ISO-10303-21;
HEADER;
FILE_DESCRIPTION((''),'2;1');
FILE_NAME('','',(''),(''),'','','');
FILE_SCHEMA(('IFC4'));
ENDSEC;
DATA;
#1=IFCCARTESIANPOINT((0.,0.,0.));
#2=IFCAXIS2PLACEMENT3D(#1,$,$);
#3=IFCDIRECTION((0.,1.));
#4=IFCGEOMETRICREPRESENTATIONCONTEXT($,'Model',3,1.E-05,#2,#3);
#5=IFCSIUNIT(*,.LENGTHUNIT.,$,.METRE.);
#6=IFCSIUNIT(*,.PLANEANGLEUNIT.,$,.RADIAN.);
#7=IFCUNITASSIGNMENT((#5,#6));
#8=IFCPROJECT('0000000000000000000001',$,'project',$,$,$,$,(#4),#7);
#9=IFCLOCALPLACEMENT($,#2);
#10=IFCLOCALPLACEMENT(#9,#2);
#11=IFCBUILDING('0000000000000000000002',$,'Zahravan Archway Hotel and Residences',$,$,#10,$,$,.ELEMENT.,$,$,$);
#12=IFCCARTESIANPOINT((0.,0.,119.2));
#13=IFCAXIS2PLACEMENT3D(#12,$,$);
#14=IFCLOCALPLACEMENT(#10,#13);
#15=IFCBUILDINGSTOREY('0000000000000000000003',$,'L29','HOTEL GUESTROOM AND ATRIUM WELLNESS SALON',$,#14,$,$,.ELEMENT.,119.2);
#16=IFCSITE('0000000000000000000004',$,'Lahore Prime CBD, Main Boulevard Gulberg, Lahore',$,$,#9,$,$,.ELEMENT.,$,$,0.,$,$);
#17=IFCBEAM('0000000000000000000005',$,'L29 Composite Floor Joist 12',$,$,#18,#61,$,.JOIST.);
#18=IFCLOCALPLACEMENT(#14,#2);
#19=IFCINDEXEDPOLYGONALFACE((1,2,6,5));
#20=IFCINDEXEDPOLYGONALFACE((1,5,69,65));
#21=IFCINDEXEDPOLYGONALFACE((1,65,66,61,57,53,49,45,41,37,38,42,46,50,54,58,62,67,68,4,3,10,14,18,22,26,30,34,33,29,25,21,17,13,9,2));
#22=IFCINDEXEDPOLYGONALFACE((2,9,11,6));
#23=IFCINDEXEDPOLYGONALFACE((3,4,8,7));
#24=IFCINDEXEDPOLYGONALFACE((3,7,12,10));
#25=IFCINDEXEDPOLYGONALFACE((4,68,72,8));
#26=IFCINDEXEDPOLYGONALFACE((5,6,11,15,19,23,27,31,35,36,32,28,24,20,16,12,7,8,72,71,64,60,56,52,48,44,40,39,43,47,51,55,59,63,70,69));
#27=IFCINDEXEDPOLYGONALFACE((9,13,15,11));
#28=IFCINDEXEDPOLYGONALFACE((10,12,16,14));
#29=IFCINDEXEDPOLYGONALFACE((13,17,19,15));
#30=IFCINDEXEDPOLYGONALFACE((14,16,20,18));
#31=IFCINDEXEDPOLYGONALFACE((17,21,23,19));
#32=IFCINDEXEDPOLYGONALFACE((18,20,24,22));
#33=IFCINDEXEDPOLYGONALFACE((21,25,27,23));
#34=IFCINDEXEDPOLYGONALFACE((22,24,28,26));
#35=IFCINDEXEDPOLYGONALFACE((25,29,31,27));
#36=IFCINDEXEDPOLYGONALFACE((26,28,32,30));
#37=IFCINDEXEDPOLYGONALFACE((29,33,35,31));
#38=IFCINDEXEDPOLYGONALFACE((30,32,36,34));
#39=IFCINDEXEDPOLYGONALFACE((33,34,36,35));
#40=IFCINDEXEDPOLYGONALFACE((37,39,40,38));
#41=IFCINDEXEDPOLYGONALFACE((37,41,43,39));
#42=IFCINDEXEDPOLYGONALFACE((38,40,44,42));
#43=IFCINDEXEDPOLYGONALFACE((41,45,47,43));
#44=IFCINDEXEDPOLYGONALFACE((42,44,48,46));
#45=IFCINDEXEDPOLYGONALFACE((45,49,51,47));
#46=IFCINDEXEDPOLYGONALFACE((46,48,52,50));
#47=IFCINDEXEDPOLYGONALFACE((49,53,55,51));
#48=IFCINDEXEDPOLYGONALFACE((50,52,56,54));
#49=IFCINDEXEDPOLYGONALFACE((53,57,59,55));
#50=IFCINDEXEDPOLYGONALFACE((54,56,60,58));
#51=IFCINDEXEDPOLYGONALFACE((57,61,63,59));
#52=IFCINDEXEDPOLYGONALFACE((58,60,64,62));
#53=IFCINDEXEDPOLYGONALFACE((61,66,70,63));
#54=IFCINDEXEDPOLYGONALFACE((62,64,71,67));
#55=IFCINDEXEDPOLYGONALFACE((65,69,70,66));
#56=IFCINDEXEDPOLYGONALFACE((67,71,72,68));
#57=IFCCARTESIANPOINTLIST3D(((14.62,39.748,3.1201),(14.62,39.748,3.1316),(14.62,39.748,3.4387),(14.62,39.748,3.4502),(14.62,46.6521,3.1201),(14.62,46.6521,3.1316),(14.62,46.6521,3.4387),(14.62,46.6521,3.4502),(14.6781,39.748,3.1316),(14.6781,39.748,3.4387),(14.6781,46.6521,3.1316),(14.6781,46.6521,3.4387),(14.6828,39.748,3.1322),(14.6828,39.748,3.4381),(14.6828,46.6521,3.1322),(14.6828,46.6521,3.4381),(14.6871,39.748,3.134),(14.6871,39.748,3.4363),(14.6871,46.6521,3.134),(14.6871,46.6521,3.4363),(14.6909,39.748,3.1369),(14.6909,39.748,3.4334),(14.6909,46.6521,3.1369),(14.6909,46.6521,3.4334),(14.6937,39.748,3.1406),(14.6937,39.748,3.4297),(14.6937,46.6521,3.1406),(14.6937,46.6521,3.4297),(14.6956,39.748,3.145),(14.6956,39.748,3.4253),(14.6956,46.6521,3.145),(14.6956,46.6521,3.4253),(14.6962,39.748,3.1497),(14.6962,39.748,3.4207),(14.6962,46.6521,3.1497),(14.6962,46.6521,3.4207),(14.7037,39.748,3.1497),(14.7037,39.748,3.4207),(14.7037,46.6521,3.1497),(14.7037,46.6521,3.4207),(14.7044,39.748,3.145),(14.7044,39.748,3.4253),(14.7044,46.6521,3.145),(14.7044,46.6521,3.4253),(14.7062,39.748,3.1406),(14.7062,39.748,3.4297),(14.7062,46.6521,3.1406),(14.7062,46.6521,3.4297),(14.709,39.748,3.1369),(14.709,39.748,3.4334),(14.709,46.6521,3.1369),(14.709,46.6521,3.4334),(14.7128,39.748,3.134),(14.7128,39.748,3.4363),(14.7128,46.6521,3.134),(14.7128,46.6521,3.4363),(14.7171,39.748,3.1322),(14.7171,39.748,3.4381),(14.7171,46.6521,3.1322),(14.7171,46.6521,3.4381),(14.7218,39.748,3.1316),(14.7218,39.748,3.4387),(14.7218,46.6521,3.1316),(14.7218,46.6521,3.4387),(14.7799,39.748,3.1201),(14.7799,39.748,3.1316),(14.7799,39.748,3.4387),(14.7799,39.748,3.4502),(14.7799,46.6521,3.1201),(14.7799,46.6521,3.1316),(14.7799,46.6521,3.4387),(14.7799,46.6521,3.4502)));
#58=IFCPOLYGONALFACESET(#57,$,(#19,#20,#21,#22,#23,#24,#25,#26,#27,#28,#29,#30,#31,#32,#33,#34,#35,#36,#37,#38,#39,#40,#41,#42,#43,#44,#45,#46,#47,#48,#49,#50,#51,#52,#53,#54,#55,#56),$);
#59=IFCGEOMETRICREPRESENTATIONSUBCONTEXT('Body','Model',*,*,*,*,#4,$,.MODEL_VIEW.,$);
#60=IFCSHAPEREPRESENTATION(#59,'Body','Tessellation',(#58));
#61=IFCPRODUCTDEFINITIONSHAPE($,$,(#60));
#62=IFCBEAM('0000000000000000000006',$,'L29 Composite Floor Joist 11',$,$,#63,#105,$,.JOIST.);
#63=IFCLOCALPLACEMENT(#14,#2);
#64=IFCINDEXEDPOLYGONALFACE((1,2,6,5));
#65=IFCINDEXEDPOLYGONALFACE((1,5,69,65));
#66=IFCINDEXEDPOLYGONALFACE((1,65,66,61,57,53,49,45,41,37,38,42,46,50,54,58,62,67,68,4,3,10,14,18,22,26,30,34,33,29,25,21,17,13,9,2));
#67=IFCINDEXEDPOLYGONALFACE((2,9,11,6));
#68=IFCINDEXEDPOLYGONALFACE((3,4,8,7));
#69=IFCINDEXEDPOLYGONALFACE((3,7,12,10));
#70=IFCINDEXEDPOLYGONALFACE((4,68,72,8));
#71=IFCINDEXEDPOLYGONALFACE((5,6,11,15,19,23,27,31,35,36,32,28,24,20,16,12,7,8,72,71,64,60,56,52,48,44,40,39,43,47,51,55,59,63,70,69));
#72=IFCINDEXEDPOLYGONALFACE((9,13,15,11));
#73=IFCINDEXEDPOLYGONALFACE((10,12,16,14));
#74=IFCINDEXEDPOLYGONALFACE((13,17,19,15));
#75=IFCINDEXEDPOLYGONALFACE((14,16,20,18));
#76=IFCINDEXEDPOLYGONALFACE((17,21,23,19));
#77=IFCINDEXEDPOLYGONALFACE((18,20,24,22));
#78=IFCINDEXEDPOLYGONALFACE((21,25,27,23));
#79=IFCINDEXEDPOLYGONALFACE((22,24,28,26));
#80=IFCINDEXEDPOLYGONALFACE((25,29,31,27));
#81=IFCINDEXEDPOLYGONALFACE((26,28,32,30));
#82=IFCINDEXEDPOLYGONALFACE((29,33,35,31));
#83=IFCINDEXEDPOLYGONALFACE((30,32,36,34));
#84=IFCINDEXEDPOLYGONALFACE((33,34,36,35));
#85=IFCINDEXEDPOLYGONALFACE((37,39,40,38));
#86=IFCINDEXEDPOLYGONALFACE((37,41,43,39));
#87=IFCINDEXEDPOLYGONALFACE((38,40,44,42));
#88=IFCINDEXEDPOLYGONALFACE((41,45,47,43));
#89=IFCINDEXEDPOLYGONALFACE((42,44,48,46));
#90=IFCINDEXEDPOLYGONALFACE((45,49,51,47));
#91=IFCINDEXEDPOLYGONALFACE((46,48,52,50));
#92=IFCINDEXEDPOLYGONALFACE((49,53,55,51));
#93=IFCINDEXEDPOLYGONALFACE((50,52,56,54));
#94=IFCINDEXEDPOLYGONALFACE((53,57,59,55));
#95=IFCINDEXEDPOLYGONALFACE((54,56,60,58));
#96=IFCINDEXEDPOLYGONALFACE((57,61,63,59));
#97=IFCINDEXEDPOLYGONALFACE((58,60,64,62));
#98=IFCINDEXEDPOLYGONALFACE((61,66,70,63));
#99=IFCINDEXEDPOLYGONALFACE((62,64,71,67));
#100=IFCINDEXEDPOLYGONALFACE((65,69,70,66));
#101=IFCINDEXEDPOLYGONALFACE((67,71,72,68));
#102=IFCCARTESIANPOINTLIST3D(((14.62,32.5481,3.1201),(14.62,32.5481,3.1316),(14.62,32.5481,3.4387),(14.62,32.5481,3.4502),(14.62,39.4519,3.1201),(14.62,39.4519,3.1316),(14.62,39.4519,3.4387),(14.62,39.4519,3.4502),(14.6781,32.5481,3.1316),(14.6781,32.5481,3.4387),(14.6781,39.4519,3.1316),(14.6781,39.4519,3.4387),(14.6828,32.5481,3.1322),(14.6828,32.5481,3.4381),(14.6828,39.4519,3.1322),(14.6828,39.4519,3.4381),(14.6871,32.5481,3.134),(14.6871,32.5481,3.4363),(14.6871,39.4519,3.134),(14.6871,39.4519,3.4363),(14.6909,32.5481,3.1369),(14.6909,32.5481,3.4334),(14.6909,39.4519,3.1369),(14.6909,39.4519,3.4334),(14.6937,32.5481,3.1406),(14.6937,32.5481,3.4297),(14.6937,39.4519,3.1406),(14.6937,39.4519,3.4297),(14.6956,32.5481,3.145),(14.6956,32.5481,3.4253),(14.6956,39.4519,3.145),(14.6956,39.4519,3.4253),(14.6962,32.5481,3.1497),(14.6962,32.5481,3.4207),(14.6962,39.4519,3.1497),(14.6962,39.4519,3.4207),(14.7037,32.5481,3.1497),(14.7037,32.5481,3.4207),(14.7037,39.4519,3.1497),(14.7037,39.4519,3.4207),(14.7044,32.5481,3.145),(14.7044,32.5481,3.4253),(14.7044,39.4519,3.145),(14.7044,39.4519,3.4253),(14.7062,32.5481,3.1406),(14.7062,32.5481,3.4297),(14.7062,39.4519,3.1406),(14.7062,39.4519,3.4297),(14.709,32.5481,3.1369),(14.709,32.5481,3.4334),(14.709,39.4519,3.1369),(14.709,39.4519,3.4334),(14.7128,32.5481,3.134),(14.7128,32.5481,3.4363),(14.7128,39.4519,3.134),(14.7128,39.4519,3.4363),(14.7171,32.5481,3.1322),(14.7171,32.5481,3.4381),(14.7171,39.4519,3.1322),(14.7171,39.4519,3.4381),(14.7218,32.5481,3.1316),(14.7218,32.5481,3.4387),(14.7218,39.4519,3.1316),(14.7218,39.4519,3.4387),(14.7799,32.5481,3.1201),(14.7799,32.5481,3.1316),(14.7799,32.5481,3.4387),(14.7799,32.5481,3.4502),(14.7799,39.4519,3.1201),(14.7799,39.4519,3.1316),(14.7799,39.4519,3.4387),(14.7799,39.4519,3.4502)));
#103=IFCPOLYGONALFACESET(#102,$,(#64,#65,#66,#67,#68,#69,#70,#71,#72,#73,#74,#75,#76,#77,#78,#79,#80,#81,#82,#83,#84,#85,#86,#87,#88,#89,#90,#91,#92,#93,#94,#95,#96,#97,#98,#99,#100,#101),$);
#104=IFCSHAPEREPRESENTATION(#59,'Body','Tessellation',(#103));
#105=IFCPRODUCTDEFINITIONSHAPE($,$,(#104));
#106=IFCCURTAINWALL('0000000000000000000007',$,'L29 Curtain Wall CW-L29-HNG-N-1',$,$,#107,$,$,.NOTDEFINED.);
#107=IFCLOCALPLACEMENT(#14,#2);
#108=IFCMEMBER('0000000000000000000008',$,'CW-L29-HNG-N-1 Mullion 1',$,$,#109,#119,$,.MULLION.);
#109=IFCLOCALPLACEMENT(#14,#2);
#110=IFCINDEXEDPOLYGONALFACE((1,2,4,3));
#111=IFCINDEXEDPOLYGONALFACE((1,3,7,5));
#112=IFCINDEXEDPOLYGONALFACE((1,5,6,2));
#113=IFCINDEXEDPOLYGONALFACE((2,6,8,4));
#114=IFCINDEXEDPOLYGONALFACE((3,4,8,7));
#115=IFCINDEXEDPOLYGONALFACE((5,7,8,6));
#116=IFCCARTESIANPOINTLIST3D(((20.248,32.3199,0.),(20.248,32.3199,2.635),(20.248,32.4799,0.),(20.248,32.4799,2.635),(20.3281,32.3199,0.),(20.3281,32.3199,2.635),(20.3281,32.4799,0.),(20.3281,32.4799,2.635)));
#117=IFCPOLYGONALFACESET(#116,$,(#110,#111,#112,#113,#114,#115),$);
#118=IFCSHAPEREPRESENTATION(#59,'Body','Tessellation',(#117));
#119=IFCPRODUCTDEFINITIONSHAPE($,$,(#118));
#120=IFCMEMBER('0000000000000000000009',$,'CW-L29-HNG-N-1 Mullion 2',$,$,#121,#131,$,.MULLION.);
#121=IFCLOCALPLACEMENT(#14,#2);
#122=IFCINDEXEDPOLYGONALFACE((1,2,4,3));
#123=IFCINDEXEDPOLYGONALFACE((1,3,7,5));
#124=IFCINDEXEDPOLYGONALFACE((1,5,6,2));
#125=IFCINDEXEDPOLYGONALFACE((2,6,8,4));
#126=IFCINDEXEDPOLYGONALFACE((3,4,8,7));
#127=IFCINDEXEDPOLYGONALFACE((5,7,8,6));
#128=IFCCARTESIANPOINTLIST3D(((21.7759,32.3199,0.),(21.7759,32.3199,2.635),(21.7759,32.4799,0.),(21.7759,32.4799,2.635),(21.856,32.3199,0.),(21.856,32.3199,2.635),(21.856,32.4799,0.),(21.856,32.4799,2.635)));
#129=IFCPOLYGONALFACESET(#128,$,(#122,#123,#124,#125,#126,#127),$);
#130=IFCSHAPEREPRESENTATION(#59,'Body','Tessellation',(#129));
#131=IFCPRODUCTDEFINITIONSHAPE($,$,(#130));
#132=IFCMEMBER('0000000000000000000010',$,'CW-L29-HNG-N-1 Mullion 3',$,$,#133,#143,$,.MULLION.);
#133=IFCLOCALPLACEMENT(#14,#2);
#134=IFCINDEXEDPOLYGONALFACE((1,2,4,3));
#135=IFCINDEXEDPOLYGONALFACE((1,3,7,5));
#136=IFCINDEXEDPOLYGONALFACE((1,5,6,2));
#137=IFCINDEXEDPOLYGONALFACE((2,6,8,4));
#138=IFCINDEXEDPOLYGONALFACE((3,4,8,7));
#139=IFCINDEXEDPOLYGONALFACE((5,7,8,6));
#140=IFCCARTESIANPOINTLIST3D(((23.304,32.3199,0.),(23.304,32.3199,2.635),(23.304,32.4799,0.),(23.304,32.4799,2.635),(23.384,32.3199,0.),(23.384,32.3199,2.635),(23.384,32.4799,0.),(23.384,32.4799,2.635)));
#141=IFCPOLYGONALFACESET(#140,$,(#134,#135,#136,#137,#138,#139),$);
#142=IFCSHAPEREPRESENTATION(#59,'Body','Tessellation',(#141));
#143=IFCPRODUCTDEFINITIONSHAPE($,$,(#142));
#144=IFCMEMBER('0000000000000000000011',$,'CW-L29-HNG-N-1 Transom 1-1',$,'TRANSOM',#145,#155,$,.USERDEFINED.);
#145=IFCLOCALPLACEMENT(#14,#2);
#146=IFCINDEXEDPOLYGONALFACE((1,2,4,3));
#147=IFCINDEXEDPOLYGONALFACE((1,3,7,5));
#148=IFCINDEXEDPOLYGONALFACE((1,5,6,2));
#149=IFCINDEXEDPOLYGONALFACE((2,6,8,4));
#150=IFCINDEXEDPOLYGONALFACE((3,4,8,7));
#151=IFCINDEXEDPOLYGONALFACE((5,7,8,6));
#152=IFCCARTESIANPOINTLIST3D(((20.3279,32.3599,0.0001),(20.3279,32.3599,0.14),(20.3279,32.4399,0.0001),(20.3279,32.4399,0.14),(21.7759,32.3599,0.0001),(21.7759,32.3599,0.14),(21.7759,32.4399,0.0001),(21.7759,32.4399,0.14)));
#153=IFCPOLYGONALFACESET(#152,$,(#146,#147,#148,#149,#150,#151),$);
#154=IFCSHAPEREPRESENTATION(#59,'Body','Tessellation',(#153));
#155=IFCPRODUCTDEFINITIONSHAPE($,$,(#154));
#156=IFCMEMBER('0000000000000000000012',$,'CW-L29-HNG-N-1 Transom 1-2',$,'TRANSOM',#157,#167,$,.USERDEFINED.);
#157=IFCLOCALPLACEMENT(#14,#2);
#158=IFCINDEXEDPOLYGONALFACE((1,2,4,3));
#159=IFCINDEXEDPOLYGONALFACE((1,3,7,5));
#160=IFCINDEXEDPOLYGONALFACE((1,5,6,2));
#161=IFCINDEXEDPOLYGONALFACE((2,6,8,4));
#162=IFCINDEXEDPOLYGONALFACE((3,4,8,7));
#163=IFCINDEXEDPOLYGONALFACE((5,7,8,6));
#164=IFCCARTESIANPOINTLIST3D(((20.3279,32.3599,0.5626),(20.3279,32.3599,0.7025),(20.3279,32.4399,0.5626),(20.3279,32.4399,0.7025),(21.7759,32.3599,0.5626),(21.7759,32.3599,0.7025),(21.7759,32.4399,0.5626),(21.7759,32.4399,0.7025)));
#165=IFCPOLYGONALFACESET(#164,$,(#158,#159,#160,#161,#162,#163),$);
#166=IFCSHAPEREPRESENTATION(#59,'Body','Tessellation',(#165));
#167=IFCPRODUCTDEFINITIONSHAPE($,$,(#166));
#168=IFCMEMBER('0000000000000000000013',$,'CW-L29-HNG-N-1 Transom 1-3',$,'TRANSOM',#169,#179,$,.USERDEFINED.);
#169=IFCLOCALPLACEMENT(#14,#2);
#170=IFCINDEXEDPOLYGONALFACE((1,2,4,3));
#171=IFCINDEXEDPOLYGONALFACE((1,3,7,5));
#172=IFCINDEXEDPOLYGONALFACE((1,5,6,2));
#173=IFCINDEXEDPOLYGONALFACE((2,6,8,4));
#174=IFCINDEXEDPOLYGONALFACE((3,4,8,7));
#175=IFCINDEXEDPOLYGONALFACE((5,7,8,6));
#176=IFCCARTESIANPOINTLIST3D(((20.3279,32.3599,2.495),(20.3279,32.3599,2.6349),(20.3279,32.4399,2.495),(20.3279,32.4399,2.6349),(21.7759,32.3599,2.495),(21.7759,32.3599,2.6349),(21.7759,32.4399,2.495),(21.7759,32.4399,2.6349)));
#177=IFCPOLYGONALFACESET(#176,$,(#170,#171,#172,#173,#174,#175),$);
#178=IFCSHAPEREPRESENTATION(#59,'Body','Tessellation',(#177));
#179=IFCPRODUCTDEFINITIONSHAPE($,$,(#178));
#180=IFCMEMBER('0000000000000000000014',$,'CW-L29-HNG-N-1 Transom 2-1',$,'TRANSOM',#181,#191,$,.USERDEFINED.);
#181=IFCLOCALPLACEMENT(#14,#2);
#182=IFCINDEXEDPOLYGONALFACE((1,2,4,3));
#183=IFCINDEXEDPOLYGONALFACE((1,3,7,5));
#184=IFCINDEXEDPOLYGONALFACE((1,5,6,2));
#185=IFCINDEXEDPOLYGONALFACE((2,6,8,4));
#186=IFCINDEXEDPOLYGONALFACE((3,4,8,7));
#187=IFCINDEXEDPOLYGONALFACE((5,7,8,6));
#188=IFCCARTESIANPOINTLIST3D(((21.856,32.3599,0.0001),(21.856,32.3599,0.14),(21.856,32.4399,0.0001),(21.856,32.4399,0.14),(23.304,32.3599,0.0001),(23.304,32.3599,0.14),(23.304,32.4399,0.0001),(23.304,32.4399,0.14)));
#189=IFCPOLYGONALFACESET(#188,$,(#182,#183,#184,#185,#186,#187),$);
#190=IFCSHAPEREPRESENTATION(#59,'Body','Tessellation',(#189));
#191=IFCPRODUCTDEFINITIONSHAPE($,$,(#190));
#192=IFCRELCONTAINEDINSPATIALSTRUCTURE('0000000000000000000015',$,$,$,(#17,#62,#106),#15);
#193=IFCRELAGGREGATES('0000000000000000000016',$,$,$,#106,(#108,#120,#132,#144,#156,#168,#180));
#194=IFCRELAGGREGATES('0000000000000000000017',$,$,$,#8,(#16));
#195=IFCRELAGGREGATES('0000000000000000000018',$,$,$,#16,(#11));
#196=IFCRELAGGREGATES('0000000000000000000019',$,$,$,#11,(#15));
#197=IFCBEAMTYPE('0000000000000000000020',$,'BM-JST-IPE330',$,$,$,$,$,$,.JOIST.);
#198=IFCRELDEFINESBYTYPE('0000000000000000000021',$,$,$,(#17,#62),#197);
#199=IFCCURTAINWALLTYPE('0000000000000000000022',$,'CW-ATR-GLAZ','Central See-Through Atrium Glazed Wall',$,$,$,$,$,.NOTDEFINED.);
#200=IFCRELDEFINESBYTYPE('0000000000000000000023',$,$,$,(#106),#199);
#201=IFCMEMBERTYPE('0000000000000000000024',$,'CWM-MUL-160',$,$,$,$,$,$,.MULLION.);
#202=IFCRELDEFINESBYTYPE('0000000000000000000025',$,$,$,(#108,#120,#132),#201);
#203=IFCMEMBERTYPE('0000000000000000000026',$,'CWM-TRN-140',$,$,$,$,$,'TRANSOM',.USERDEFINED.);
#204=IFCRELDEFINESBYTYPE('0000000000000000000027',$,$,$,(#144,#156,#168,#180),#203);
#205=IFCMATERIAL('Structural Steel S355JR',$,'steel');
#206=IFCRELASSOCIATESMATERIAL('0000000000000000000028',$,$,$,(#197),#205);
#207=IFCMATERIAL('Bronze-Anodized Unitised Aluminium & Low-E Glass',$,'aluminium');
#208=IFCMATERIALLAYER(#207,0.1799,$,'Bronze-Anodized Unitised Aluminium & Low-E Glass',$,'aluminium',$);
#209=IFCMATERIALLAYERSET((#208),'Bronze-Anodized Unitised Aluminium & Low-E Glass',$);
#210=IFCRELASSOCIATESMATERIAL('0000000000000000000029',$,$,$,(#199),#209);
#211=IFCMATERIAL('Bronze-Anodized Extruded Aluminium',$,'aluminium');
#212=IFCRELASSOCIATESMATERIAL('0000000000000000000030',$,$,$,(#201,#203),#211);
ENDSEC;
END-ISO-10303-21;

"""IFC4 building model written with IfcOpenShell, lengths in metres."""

from ifc_helpers import new_model, si_unit, direction, frame, origin, origin_2d, place, context, subcontext, project, spatial, rectangle, i_section, extrude, source, transform, mapped, material, layer, layer_set, material_profile, profile_set, type_object, type_shapes, element, aggregate, save


model = new_model("IFC4")

# Units and contexts
model_context = context("Model", 3, precision=1e-05, world=origin(), true_north=direction((0.0, 1.0)))
body_context = subcontext(model_context, "Body", "Model", "MODEL_VIEW")
ifc_project = project(units=[si_unit("LENGTHUNIT", "METRE"), si_unit("PLANEANGLEUNIT", "RADIAN")], contexts=[model_context])

# Site, building, storey
site_placement = place(None, origin())
site = spatial("IfcSite", under=ifc_project, at=site_placement, Name="Lahore Prime CBD, Main Boulevard Gulberg, Lahore", CompositionType="ELEMENT", RefElevation=0.0)
building_placement = place(site_placement, origin())
building = spatial("IfcBuilding", under=site, at=building_placement, Name="Zahravan Archway Hotel and Residences", CompositionType="ELEMENT")
storey_placement = place(building_placement, frame((0.0, 0.0, 119.2)))
storey = spatial("IfcBuildingStorey", under=building, at=storey_placement, Name="L29", Description="HOTEL GUESTROOM AND ATRIUM WELLNESS SALON", CompositionType="ELEMENT", Elevation=119.2)

# Beams
ifc_material_1 = material(Name="Structural Steel S355JR", Category="steel")
ifc_material_profile_1 = material_profile(ifc_material_1, i_section(OverallWidth=0.1599, OverallDepth=0.3301, WebThickness=0.0076, FlangeThickness=0.0115, FilletRadius=0.0181, at=origin_2d()), Name="IPE 330", Category="steel")
ifc_profile_set_1 = profile_set([ifc_material_profile_1], Name="Structural Steel S355JR")
beam_type_1 = type_object("IfcBeamType", Name="BM-JST-IPE330", PredefinedType="JOIST", material=ifc_profile_set_1)
shared_shape_1 = source(origin(), body_context, "Body", "SweptSolid", [
    extrude(i_section(OverallWidth=0.1599, OverallDepth=0.3301, WebThickness=0.0076, FlangeThickness=0.0115, FilletRadius=0.0181, at=origin_2d()), origin(), (0.0, 0.0, 1.0), 6.9041),
])
type_shapes(beam_type_1, [shared_shape_1])
beam_1_placement = place(storey_placement, frame((14.7, 39.748, 3.2852), z_axis=(0.0, 1.0, 0.0), x_axis=(-1.0, 0.0, 0.0)))
element("IfcBeam", 1, at=beam_1_placement, inside=storey, type_object=beam_type_1, Name="L29 Composite Floor Joist 12", PredefinedType="JOIST", context=body_context, shape_type="MappedRepresentation", body=[
    mapped(shared_shape_1, transform((0.0, 0.0, 0.0), scale=1.0)),
])
shared_shape_2 = source(origin(), body_context, "Body", "SweptSolid", [
    extrude(i_section(OverallWidth=0.1599, OverallDepth=0.3301, WebThickness=0.0076, FlangeThickness=0.0115, FilletRadius=0.0181, at=origin_2d()), origin(), (0.0, 0.0, 1.0), 6.9038),
])
beam_2_placement = place(storey_placement, frame((14.7, 32.5481, 3.2852), z_axis=(0.0, 1.0, 0.0), x_axis=(-1.0, 0.0, 0.0)))
element("IfcBeam", 2, at=beam_2_placement, inside=storey, type_object=beam_type_1, Name="L29 Composite Floor Joist 11", PredefinedType="JOIST", context=body_context, shape_type="MappedRepresentation", body=[
    mapped(shared_shape_2, transform((0.0, 0.0, 0.0), scale=1.0)),
])

# Curtain wall, members
ifc_material_2 = material(Name="Bronze-Anodized Unitised Aluminium & Low-E Glass", Category="aluminium")
ifc_layer_1 = layer(ifc_material_2, 0.1799, Name="Bronze-Anodized Unitised Aluminium & Low-E Glass", Category="aluminium")
ifc_layer_set_1 = layer_set([ifc_layer_1], Name="Bronze-Anodized Unitised Aluminium & Low-E Glass")
curtain_wall_type = type_object("IfcCurtainWallType", Name="CW-ATR-GLAZ", Description="Central See-Through Atrium Glazed Wall", PredefinedType="NOTDEFINED", material=ifc_layer_set_1)
curtain_wall_placement = place(storey_placement, origin())
curtain_wall = element("IfcCurtainWall", 3, at=curtain_wall_placement, inside=storey, type_object=curtain_wall_type, Name="L29 Curtain Wall CW-L29-HNG-N-1", PredefinedType="NOTDEFINED")
ifc_material_3 = material(Name="Bronze-Anodized Extruded Aluminium", Category="aluminium")
ifc_material_profile_2 = material_profile(ifc_material_3, rectangle(XDim=0.0801, YDim=0.1599, at=origin_2d()), Name="MUL 80x160", Category="aluminium")
ifc_profile_set_2 = profile_set([ifc_material_profile_2], Name="Bronze-Anodized Extruded Aluminium")
member_type_1 = type_object("IfcMemberType", Name="CWM-MUL-160", PredefinedType="MULLION", material=ifc_profile_set_2)
shared_shape_3 = source(origin(), body_context, "Body", "SweptSolid", [
    extrude(rectangle(XDim=0.0801, YDim=0.1599, at=origin_2d()), origin(), (0.0, 0.0, 1.0), 2.635),
])
member_1_placement = place(storey_placement, frame((20.2881, 32.3999, 0.0), z_axis=(0.0, 0.0, 1.0), x_axis=(1.0, 0.0, 0.0)))
member_1 = element("IfcMember", 4, at=member_1_placement, type_object=member_type_1, Name="CW-L29-HNG-N-1 Mullion 1", PredefinedType="MULLION", context=body_context, shape_type="MappedRepresentation", body=[
    mapped(shared_shape_3, transform((0.0, 0.0, 0.0), scale=1.0)),
])
member_2_placement = place(storey_placement, frame((21.8159, 32.3999, 0.0), z_axis=(0.0, 0.0, 1.0), x_axis=(1.0, 0.0, 0.0)))
member_2 = element("IfcMember", 5, at=member_2_placement, type_object=member_type_1, Name="CW-L29-HNG-N-1 Mullion 2", PredefinedType="MULLION", context=body_context, shape_type="MappedRepresentation", body=[
    mapped(shared_shape_3, transform((0.0, 0.0, 0.0), scale=1.0)),
])
member_3_placement = place(storey_placement, frame((23.344, 32.3999, 0.0), z_axis=(0.0, 0.0, 1.0), x_axis=(1.0, 0.0, 0.0)))
member_3 = element("IfcMember", 6, at=member_3_placement, type_object=member_type_1, Name="CW-L29-HNG-N-1 Mullion 3", PredefinedType="MULLION", context=body_context, shape_type="MappedRepresentation", body=[
    mapped(shared_shape_3, transform((0.0, 0.0, 0.0), scale=1.0)),
])
ifc_material_profile_3 = material_profile(ifc_material_3, rectangle(XDim=0.0801, YDim=0.1399, at=origin_2d()), Name="TRN 80x140", Category="aluminium")
ifc_profile_set_3 = profile_set([ifc_material_profile_3], Name="Bronze-Anodized Extruded Aluminium")
member_type_2 = type_object("IfcMemberType", Name="CWM-TRN-140", ElementType="TRANSOM", PredefinedType="USERDEFINED", material=ifc_profile_set_3)
shared_shape_4 = source(origin(), body_context, "Body", "SweptSolid", [
    extrude(rectangle(XDim=0.0801, YDim=0.1399, at=origin_2d()), origin(), (0.0, 0.0, 1.0), 1.448),
])
member_4_placement = place(storey_placement, frame((20.3279, 32.3999, 0.0701), z_axis=(1.0, 0.0, 0.0), x_axis=(0.0, 1.0, 0.0)))
member_4 = element("IfcMember", 7, at=member_4_placement, type_object=member_type_2, Name="CW-L29-HNG-N-1 Transom 1-1", ObjectType="TRANSOM", PredefinedType="USERDEFINED", context=body_context, shape_type="MappedRepresentation", body=[
    mapped(shared_shape_4, transform((0.0, 0.0, 0.0), scale=1.0)),
])
member_5_placement = place(storey_placement, frame((20.3279, 32.3999, 0.6326), z_axis=(1.0, 0.0, 0.0), x_axis=(0.0, 1.0, 0.0)))
member_5 = element("IfcMember", 8, at=member_5_placement, type_object=member_type_2, Name="CW-L29-HNG-N-1 Transom 1-2", ObjectType="TRANSOM", PredefinedType="USERDEFINED", context=body_context, shape_type="MappedRepresentation", body=[
    mapped(shared_shape_4, transform((0.0, 0.0, 0.0), scale=1.0)),
])
member_6_placement = place(storey_placement, frame((20.3279, 32.3999, 2.5649), z_axis=(1.0, 0.0, 0.0), x_axis=(0.0, 1.0, 0.0)))
member_6 = element("IfcMember", 9, at=member_6_placement, type_object=member_type_2, Name="CW-L29-HNG-N-1 Transom 1-3", ObjectType="TRANSOM", PredefinedType="USERDEFINED", context=body_context, shape_type="MappedRepresentation", body=[
    mapped(shared_shape_4, transform((0.0, 0.0, 0.0), scale=1.0)),
])
member_7_placement = place(storey_placement, frame((21.856, 32.3999, 0.0701), z_axis=(1.0, 0.0, 0.0), x_axis=(0.0, 1.0, 0.0)))
member_7 = element("IfcMember", 10, at=member_7_placement, type_object=member_type_2, Name="CW-L29-HNG-N-1 Transom 2-1", ObjectType="TRANSOM", PredefinedType="USERDEFINED", context=body_context, shape_type="MappedRepresentation", body=[
    mapped(shared_shape_4, transform((0.0, 0.0, 0.0), scale=1.0)),
])
aggregate(curtain_wall, [member_1, member_2, member_3, member_4, member_5, member_6, member_7])

save(model, "model.ifc")
